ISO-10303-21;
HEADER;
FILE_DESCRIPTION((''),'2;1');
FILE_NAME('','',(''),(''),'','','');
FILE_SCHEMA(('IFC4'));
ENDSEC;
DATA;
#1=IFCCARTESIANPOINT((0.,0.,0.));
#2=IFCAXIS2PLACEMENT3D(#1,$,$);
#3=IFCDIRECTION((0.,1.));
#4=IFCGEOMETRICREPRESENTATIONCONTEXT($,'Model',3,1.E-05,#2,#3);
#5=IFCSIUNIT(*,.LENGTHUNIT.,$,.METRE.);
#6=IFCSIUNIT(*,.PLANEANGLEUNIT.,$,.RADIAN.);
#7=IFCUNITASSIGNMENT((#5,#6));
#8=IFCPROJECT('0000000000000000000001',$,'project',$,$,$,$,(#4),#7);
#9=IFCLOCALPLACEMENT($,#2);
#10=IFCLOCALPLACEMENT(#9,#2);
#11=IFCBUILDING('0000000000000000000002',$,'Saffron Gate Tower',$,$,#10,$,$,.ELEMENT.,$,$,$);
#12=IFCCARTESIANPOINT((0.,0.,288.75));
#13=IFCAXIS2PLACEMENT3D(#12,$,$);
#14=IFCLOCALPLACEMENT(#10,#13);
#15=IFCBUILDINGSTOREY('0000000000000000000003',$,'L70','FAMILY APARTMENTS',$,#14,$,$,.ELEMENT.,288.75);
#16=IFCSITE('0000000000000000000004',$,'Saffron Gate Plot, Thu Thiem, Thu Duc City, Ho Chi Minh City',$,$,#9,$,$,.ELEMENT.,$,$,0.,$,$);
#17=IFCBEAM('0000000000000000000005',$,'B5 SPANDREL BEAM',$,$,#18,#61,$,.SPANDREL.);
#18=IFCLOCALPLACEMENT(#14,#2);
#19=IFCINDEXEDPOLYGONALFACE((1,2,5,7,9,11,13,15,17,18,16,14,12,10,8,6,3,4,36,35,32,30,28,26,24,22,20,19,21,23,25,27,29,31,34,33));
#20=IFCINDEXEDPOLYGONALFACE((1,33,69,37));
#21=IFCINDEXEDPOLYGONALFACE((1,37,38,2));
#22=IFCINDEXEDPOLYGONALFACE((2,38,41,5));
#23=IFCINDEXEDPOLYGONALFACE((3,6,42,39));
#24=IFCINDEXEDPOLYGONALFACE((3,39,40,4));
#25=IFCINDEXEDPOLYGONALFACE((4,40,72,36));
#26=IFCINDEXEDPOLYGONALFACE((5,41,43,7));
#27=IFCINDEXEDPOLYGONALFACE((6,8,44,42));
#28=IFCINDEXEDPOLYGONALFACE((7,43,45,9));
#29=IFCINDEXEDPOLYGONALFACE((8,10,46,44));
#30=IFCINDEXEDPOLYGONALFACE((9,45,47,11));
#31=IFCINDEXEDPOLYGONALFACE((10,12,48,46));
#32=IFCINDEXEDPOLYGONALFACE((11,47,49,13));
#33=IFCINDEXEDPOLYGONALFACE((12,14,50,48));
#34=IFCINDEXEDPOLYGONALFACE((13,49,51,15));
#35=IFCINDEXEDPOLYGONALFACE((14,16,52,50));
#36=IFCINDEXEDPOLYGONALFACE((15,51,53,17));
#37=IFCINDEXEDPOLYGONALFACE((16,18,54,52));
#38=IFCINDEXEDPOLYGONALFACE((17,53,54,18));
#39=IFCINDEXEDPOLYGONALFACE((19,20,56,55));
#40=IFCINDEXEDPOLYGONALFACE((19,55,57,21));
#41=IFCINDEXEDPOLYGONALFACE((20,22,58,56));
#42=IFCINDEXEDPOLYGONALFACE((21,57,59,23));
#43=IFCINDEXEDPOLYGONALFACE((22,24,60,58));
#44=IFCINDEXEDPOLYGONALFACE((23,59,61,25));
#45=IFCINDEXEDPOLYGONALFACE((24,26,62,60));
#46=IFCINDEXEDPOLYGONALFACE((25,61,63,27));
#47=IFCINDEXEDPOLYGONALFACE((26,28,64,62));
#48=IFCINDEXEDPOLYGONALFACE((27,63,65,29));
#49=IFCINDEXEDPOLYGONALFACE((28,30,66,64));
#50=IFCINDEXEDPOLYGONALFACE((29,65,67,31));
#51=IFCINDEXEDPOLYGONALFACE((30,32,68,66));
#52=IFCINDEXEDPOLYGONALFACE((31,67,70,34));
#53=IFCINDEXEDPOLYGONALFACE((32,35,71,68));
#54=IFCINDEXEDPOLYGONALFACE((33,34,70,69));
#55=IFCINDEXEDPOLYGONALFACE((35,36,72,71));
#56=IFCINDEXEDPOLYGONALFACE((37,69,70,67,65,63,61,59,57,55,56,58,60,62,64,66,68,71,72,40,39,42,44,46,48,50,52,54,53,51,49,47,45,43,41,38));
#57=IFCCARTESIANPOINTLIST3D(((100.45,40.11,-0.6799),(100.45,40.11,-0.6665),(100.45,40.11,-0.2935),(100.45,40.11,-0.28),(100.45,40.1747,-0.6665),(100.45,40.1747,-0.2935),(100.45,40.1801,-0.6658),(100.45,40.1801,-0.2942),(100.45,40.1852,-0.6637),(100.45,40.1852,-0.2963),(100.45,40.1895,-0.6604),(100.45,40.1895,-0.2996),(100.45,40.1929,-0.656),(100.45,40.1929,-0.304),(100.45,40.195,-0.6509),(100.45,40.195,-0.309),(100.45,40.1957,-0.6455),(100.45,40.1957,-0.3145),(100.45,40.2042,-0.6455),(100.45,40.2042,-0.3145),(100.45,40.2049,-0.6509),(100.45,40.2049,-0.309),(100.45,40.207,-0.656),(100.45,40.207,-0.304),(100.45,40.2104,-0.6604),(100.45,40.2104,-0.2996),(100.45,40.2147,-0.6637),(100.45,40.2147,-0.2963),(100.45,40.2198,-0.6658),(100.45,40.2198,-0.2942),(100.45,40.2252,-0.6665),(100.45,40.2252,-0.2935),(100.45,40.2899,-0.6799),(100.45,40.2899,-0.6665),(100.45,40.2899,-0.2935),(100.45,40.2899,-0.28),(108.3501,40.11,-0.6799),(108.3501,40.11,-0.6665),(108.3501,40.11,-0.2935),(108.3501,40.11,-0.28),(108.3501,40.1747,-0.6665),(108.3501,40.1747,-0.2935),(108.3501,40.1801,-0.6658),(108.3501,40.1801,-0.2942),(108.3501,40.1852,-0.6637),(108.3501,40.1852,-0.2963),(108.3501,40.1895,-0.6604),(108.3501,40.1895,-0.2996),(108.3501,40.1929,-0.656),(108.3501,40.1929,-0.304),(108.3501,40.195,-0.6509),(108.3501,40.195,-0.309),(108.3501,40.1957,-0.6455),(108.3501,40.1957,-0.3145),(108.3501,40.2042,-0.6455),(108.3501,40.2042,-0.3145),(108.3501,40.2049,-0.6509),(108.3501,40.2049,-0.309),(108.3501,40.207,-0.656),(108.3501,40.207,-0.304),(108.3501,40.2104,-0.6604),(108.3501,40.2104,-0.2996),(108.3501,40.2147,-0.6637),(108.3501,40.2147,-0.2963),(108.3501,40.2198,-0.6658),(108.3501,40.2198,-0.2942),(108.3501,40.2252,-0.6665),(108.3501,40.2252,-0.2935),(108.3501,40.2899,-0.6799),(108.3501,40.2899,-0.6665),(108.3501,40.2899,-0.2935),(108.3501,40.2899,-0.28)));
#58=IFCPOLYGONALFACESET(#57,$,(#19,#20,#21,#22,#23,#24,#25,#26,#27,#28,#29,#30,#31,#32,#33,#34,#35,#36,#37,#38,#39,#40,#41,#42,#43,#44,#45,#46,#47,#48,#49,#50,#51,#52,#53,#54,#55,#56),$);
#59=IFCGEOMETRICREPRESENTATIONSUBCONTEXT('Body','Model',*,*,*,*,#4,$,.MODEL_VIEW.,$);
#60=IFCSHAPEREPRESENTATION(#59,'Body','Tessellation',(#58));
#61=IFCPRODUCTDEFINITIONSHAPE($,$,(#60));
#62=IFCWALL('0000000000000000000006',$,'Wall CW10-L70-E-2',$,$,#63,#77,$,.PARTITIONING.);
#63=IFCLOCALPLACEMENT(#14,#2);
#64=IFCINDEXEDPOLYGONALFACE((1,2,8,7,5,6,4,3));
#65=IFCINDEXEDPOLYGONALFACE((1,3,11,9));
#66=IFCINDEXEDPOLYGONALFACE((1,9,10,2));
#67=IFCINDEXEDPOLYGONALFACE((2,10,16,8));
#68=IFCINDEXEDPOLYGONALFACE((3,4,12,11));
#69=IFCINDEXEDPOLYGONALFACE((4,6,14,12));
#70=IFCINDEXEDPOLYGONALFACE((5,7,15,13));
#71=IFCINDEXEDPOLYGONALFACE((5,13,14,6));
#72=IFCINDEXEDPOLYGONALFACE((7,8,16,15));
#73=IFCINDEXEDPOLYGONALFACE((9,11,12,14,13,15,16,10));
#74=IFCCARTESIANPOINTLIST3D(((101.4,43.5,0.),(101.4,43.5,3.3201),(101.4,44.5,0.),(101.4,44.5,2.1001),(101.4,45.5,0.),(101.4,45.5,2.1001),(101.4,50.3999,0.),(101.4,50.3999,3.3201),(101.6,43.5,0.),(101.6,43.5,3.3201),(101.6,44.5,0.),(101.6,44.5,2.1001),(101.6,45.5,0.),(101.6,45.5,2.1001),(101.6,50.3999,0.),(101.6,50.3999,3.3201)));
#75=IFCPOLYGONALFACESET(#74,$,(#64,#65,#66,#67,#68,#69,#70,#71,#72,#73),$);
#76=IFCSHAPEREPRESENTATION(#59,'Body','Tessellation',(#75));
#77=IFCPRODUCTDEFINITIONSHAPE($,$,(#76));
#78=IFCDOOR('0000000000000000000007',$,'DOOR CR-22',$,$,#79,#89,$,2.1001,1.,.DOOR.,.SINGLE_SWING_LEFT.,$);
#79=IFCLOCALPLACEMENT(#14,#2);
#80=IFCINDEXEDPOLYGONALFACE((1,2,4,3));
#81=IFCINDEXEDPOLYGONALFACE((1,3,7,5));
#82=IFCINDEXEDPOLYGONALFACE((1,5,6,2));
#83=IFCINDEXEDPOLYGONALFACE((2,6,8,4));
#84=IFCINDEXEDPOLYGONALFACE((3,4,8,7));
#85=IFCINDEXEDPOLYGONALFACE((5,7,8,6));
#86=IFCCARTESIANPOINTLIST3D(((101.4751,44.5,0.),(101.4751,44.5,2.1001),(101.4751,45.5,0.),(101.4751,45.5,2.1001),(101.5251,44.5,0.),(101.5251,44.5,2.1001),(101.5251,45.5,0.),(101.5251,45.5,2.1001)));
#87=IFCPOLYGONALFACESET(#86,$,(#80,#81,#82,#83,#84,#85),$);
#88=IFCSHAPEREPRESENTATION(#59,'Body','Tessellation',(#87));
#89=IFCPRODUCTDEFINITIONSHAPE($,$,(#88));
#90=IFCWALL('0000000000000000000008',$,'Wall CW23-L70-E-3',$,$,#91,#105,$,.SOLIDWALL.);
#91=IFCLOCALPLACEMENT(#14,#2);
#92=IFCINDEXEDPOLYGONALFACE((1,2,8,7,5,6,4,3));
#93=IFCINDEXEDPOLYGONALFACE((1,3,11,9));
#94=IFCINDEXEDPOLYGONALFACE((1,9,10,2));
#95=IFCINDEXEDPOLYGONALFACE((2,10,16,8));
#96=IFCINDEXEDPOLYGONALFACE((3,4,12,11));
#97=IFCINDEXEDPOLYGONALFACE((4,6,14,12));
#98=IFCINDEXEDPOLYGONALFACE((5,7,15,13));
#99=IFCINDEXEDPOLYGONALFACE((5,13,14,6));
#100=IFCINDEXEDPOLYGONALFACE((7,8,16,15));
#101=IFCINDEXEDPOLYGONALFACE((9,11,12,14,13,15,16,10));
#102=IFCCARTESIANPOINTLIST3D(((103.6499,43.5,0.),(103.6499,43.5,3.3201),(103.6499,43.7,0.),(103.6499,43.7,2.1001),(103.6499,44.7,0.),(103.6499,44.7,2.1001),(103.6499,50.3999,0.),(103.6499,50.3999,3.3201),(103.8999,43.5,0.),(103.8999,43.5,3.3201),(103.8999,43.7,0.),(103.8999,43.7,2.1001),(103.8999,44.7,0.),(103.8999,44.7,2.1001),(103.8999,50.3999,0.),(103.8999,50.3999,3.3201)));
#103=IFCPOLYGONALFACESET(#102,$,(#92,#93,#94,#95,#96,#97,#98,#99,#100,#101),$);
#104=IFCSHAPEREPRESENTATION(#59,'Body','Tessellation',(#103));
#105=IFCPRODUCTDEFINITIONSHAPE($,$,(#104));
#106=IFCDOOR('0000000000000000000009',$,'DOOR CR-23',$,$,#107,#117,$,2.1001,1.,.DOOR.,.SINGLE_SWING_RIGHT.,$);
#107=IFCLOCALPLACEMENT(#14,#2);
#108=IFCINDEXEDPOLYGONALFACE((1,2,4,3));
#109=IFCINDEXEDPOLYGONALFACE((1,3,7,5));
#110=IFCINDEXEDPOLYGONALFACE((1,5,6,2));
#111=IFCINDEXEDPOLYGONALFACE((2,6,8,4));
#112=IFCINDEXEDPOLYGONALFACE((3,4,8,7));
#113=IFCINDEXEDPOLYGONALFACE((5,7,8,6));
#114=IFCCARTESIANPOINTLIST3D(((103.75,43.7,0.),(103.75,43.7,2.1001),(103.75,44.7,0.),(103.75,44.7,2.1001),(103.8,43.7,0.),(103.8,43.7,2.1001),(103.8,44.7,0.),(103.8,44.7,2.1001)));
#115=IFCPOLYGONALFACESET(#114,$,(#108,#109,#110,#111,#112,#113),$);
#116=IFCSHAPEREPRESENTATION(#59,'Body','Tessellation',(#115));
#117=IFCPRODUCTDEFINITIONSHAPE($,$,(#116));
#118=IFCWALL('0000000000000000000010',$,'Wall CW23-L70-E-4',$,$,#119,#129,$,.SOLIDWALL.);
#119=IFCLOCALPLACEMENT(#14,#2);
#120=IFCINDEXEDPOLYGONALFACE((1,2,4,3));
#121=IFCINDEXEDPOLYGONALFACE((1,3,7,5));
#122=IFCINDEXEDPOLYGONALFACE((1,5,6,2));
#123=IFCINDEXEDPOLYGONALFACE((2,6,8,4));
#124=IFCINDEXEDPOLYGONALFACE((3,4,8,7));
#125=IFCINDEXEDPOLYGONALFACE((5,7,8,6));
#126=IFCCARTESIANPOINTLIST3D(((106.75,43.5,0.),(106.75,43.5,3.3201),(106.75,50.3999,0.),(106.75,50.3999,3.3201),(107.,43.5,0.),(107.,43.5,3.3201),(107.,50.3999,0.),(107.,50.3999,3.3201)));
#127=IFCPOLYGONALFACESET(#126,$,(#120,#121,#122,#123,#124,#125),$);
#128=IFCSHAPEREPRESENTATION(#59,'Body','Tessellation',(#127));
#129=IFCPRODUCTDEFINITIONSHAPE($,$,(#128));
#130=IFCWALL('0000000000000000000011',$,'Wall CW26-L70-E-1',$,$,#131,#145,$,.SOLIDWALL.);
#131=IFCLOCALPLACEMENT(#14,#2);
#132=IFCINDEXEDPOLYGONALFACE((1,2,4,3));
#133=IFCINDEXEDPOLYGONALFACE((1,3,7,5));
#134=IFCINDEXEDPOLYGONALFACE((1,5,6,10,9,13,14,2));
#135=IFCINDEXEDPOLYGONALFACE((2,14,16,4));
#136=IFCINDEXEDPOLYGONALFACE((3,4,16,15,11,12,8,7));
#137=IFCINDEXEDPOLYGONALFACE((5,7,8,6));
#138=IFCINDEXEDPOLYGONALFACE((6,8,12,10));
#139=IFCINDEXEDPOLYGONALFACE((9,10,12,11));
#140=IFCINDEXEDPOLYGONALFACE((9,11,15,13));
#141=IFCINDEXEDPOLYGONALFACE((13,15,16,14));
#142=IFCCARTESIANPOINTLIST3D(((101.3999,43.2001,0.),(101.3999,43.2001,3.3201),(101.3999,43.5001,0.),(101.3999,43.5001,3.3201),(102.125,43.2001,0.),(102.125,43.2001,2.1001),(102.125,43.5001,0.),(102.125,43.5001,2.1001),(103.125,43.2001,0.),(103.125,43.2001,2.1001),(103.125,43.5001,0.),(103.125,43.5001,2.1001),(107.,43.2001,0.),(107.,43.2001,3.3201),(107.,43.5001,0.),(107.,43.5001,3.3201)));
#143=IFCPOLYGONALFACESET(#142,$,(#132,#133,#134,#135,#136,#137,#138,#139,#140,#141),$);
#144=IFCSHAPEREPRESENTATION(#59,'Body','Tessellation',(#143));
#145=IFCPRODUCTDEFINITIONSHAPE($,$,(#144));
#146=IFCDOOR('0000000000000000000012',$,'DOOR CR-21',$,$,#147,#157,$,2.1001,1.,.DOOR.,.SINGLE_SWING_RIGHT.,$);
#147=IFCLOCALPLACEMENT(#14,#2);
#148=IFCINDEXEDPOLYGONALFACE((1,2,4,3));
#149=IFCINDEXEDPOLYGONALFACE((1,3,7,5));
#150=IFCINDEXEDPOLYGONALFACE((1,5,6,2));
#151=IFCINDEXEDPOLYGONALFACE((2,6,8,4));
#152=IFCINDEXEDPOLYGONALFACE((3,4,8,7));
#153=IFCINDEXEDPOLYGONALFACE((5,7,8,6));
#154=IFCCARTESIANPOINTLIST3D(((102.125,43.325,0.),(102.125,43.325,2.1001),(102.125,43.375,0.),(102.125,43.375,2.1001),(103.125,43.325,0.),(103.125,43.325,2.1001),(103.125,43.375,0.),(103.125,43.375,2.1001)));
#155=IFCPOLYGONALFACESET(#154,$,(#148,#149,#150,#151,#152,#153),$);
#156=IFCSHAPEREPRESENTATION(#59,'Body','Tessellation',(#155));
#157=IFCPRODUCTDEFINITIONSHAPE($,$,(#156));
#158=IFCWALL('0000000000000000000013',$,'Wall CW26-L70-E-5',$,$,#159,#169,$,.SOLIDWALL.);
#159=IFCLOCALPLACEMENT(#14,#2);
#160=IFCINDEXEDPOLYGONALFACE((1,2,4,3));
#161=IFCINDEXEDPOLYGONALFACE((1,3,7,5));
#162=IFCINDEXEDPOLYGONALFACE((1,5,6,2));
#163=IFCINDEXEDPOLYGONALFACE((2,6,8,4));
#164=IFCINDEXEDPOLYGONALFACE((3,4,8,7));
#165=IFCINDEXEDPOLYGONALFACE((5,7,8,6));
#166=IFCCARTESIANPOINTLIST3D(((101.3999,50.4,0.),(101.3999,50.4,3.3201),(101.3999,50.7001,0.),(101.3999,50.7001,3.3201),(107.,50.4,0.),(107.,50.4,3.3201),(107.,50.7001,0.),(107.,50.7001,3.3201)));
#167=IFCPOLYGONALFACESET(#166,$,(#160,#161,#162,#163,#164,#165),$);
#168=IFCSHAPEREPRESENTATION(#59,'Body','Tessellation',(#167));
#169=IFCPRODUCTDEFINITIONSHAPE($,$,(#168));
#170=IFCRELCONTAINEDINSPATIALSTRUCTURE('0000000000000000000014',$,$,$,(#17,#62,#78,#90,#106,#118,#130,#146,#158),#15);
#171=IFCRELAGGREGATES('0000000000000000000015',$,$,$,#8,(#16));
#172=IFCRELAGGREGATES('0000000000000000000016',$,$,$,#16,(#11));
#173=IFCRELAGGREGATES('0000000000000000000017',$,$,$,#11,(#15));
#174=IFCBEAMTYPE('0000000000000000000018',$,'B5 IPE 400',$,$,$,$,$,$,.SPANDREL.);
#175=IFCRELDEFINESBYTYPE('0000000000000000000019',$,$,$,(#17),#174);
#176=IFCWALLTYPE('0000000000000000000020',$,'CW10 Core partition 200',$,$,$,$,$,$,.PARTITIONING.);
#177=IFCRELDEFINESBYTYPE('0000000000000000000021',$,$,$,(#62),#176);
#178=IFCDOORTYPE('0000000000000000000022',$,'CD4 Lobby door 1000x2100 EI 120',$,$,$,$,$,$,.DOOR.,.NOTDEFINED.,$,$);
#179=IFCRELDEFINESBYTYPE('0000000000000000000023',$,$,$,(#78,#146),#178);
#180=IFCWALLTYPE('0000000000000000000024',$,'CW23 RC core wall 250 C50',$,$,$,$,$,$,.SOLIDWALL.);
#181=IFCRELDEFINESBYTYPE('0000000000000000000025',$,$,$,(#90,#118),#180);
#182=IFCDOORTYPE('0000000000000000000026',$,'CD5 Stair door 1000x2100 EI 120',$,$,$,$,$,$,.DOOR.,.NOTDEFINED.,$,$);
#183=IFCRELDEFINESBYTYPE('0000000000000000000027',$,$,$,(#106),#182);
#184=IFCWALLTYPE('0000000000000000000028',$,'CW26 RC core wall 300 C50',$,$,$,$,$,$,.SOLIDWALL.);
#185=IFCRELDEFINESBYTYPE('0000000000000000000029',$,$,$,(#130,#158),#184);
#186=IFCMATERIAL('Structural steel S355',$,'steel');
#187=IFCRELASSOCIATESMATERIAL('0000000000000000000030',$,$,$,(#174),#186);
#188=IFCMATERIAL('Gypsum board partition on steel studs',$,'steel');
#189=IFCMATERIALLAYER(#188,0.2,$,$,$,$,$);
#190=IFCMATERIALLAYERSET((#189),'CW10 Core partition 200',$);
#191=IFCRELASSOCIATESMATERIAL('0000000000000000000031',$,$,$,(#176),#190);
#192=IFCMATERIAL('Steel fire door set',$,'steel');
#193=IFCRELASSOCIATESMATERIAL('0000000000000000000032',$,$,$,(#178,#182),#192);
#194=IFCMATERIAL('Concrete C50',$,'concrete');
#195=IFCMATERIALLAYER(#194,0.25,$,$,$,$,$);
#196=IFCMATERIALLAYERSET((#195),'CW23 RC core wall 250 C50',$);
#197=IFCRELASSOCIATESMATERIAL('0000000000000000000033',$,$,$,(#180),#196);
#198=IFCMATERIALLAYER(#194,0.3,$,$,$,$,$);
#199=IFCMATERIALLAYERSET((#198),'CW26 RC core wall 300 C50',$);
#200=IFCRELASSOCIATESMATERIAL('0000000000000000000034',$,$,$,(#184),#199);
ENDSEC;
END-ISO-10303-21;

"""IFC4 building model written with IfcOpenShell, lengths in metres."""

from ifc_helpers import new_model, si_unit, direction, frame, frame_2d, origin, origin_2d, place, context, subcontext, project, spatial, rectangle, i_section, extrude, material, layer, layer_set, material_profile, profile_set, type_object, element, fill, save


model = new_model("IFC4")

# Units and contexts
model_context = context("Model", 3, precision=1e-05, world=origin(), true_north=direction((0.0, 1.0)))
body_context = subcontext(model_context, "Body", "Model", "MODEL_VIEW")
ifc_project = project(units=[si_unit("LENGTHUNIT", "METRE"), si_unit("PLANEANGLEUNIT", "RADIAN")], contexts=[model_context])

# Site, building, storey
site_placement = place(None, origin())
site = spatial("IfcSite", under=ifc_project, at=site_placement, Name="Saffron Gate Plot, Thu Thiem, Thu Duc City, Ho Chi Minh City", CompositionType="ELEMENT", RefElevation=0.0)
building_placement = place(site_placement, origin())
building = spatial("IfcBuilding", under=site, at=building_placement, Name="Saffron Gate Tower", CompositionType="ELEMENT")
storey_placement = place(building_placement, frame((0.0, 0.0, 288.75)))
storey = spatial("IfcBuildingStorey", under=building, at=storey_placement, Name="L70", Description="FAMILY APARTMENTS", CompositionType="ELEMENT", Elevation=288.75)

# Beam
ifc_material_1 = material(Name="Structural steel S355", Category="steel")
ifc_material_profile = material_profile(ifc_material_1, i_section(OverallWidth=0.1799, OverallDepth=0.3999, WebThickness=0.0085, FlangeThickness=0.0134, FilletRadius=0.021, at=origin_2d()))
ifc_profile_set = profile_set([ifc_material_profile], Name="Structural steel S355")
beam_type = type_object("IfcBeamType", Name="B5 IPE 400", PredefinedType="SPANDREL", material=ifc_profile_set)
beam_placement = place(storey_placement, frame((100.45, 40.2, -0.48), z_axis=(1.0, 0.0, 0.0), x_axis=(0.0, 1.0, 0.0)))
element("IfcBeam", 1, at=beam_placement, inside=storey, type_object=beam_type, Name="B5 SPANDREL BEAM", PredefinedType="SPANDREL", context=body_context, shape_type="SweptSolid", body=[
    extrude(i_section(OverallWidth=0.1799, OverallDepth=0.3999, WebThickness=0.0085, FlangeThickness=0.0134, FilletRadius=0.021, at=origin_2d()), origin(), (0.0, 0.0, 1.0), 7.9001),
])

# Walls, openings, doors
ifc_material_2 = material(Name="Gypsum board partition on steel studs", Category="steel")
ifc_layer_1 = layer(ifc_material_2, 0.2)
ifc_layer_set_1 = layer_set([ifc_layer_1], Name="CW10 Core partition 200")
wall_type_1 = type_object("IfcWallType", Name="CW10 Core partition 200", PredefinedType="PARTITIONING", material=ifc_layer_set_1)
wall_1_placement = place(storey_placement, frame((101.5, 43.5, 0.0), z_axis=(0.0, 0.0, 1.0), x_axis=(0.0, 1.0, 0.0)))
wall_1 = element("IfcWall", 2, at=wall_1_placement, inside=storey, type_object=wall_type_1, Name="Wall CW10-L70-E-2", PredefinedType="PARTITIONING", context=body_context, shape_type="SweptSolid", body=[
    extrude(rectangle(XDim=6.8999, YDim=0.2, at=frame_2d((3.45, 0.0))), origin(), (0.0, 0.0, 1.0), 3.3201),
])
opening_1_placement = place(wall_1_placement, frame((1.0, 0.0, 0.0)))
opening_1 = element("IfcOpeningElement", 3, at=opening_1_placement, cuts=wall_1, PredefinedType="OPENING", context=body_context, shape_type="SweptSolid", body=[
    extrude(rectangle(XDim=1.0, YDim=2.1001, at=frame_2d((0.5, 1.05))), frame((0.0, 0.1099, 0.0), z_axis=(0.0, -1.0, 0.0), x_axis=(1.0, 0.0, 0.0)), (0.0, 0.0, 1.0), 0.22),
])
ifc_material_3 = material(Name="Steel fire door set", Category="steel")
door_type_1 = type_object("IfcDoorType", Name="CD4 Lobby door 1000x2100 EI 120", OperationType="NOTDEFINED", PredefinedType="DOOR", material=ifc_material_3)
door_1_placement = place(opening_1_placement, origin())
door_1 = element("IfcDoor", 4, at=door_1_placement, inside=storey, type_object=door_type_1, Name="DOOR CR-22", OperationType="SINGLE_SWING_LEFT", OverallHeight=2.1001, OverallWidth=1.0, PredefinedType="DOOR", context=body_context, shape_type="SweptSolid", body=[
    extrude(rectangle(XDim=1.0, YDim=2.1001, at=frame_2d((0.5, 1.05))), frame((0.0, 0.0249, 0.0), z_axis=(0.0, -1.0, 0.0), x_axis=(1.0, 0.0, 0.0)), (0.0, 0.0, 1.0), 0.05),
])
fill(opening_1, door_1)
ifc_material_4 = material(Name="Concrete C50", Category="concrete")
ifc_layer_2 = layer(ifc_material_4, 0.25)
ifc_layer_set_2 = layer_set([ifc_layer_2], Name="CW23 RC core wall 250 C50")
wall_type_2 = type_object("IfcWallType", Name="CW23 RC core wall 250 C50", PredefinedType="SOLIDWALL", material=ifc_layer_set_2)
wall_2_placement = place(storey_placement, frame((103.7749, 43.5, 0.0), z_axis=(0.0, 0.0, 1.0), x_axis=(0.0, 1.0, 0.0)))
wall_2 = element("IfcWall", 5, at=wall_2_placement, inside=storey, type_object=wall_type_2, Name="Wall CW23-L70-E-3", PredefinedType="SOLIDWALL", context=body_context, shape_type="SweptSolid", body=[
    extrude(rectangle(XDim=6.8999, YDim=0.25, at=frame_2d((3.45, 0.0))), origin(), (0.0, 0.0, 1.0), 3.3201),
])
opening_2_placement = place(wall_2_placement, frame((0.2, 0.0, 0.0)))
opening_2 = element("IfcOpeningElement", 6, at=opening_2_placement, cuts=wall_2, PredefinedType="OPENING", context=body_context, shape_type="SweptSolid", body=[
    extrude(rectangle(XDim=1.0, YDim=2.1001, at=frame_2d((0.5, 1.05))), frame((0.0, 0.135, 0.0), z_axis=(0.0, -1.0, 0.0), x_axis=(1.0, 0.0, 0.0)), (0.0, 0.0, 1.0), 0.27),
])
door_type_2 = type_object("IfcDoorType", Name="CD5 Stair door 1000x2100 EI 120", OperationType="NOTDEFINED", PredefinedType="DOOR", material=ifc_material_3)
door_2_placement = place(opening_2_placement, origin())
door_2 = element("IfcDoor", 7, at=door_2_placement, inside=storey, type_object=door_type_2, Name="DOOR CR-23", OperationType="SINGLE_SWING_RIGHT", OverallHeight=2.1001, OverallWidth=1.0, PredefinedType="DOOR", context=body_context, shape_type="SweptSolid", body=[
    extrude(rectangle(XDim=1.0, YDim=2.1001, at=frame_2d((0.5, 1.05))), frame((0.0, 0.0249, 0.0), z_axis=(0.0, -1.0, 0.0), x_axis=(1.0, 0.0, 0.0)), (0.0, 0.0, 1.0), 0.05),
])
fill(opening_2, door_2)

# Wall
wall_3_placement = place(storey_placement, frame((106.875, 43.5, 0.0), z_axis=(0.0, 0.0, 1.0), x_axis=(0.0, 1.0, 0.0)))
element("IfcWall", 8, at=wall_3_placement, inside=storey, type_object=wall_type_2, Name="Wall CW23-L70-E-4", PredefinedType="SOLIDWALL", context=body_context, shape_type="SweptSolid", body=[
    extrude(rectangle(XDim=6.8999, YDim=0.25, at=frame_2d((3.45, 0.0))), origin(), (0.0, 0.0, 1.0), 3.3201),
])

# Wall, opening, door
ifc_layer_3 = layer(ifc_material_4, 0.3)
ifc_layer_set_3 = layer_set([ifc_layer_3], Name="CW26 RC core wall 300 C50")
wall_type_3 = type_object("IfcWallType", Name="CW26 RC core wall 300 C50", PredefinedType="SOLIDWALL", material=ifc_layer_set_3)
wall_4_placement = place(storey_placement, frame((101.3999, 43.3501, 0.0), z_axis=(0.0, 0.0, 1.0), x_axis=(1.0, 0.0, 0.0)))
wall_4 = element("IfcWall", 9, at=wall_4_placement, inside=storey, type_object=wall_type_3, Name="Wall CW26-L70-E-1", PredefinedType="SOLIDWALL", context=body_context, shape_type="SweptSolid", body=[
    extrude(rectangle(XDim=5.6001, YDim=0.3, at=frame_2d((2.8, 0.0))), origin(), (0.0, 0.0, 1.0), 3.3201),
])
opening_3_placement = place(wall_4_placement, frame((0.7251, 0.0, 0.0)))
opening_3 = element("IfcOpeningElement", 10, at=opening_3_placement, cuts=wall_4, PredefinedType="OPENING", context=body_context, shape_type="SweptSolid", body=[
    extrude(rectangle(XDim=1.0, YDim=2.1001, at=frame_2d((0.5, 1.05))), frame((0.0, 0.1602, 0.0), z_axis=(0.0, -1.0, 0.0), x_axis=(1.0, 0.0, 0.0)), (0.0, 0.0, 1.0), 0.3201),
])
door_3_placement = place(opening_3_placement, origin())
door_3 = element("IfcDoor", 11, at=door_3_placement, inside=storey, type_object=door_type_1, Name="DOOR CR-21", OperationType="SINGLE_SWING_RIGHT", OverallHeight=2.1001, OverallWidth=1.0, PredefinedType="DOOR", context=body_context, shape_type="SweptSolid", body=[
    extrude(rectangle(XDim=1.0, YDim=2.1001, at=frame_2d((0.5, 1.05))), frame((0.0, 0.0249, 0.0), z_axis=(0.0, -1.0, 0.0), x_axis=(1.0, 0.0, 0.0)), (0.0, 0.0, 1.0), 0.05),
])
fill(opening_3, door_3)

# Wall
wall_5_placement = place(storey_placement, frame((101.3999, 50.55, 0.0), z_axis=(0.0, 0.0, 1.0), x_axis=(1.0, 0.0, 0.0)))
element("IfcWall", 12, at=wall_5_placement, inside=storey, type_object=wall_type_3, Name="Wall CW26-L70-E-5", PredefinedType="SOLIDWALL", context=body_context, shape_type="SweptSolid", body=[
    extrude(rectangle(XDim=5.6001, YDim=0.3, at=frame_2d((2.8, 0.0))), origin(), (0.0, 0.0, 1.0), 3.3201),
])

save(model, "model.ifc")
